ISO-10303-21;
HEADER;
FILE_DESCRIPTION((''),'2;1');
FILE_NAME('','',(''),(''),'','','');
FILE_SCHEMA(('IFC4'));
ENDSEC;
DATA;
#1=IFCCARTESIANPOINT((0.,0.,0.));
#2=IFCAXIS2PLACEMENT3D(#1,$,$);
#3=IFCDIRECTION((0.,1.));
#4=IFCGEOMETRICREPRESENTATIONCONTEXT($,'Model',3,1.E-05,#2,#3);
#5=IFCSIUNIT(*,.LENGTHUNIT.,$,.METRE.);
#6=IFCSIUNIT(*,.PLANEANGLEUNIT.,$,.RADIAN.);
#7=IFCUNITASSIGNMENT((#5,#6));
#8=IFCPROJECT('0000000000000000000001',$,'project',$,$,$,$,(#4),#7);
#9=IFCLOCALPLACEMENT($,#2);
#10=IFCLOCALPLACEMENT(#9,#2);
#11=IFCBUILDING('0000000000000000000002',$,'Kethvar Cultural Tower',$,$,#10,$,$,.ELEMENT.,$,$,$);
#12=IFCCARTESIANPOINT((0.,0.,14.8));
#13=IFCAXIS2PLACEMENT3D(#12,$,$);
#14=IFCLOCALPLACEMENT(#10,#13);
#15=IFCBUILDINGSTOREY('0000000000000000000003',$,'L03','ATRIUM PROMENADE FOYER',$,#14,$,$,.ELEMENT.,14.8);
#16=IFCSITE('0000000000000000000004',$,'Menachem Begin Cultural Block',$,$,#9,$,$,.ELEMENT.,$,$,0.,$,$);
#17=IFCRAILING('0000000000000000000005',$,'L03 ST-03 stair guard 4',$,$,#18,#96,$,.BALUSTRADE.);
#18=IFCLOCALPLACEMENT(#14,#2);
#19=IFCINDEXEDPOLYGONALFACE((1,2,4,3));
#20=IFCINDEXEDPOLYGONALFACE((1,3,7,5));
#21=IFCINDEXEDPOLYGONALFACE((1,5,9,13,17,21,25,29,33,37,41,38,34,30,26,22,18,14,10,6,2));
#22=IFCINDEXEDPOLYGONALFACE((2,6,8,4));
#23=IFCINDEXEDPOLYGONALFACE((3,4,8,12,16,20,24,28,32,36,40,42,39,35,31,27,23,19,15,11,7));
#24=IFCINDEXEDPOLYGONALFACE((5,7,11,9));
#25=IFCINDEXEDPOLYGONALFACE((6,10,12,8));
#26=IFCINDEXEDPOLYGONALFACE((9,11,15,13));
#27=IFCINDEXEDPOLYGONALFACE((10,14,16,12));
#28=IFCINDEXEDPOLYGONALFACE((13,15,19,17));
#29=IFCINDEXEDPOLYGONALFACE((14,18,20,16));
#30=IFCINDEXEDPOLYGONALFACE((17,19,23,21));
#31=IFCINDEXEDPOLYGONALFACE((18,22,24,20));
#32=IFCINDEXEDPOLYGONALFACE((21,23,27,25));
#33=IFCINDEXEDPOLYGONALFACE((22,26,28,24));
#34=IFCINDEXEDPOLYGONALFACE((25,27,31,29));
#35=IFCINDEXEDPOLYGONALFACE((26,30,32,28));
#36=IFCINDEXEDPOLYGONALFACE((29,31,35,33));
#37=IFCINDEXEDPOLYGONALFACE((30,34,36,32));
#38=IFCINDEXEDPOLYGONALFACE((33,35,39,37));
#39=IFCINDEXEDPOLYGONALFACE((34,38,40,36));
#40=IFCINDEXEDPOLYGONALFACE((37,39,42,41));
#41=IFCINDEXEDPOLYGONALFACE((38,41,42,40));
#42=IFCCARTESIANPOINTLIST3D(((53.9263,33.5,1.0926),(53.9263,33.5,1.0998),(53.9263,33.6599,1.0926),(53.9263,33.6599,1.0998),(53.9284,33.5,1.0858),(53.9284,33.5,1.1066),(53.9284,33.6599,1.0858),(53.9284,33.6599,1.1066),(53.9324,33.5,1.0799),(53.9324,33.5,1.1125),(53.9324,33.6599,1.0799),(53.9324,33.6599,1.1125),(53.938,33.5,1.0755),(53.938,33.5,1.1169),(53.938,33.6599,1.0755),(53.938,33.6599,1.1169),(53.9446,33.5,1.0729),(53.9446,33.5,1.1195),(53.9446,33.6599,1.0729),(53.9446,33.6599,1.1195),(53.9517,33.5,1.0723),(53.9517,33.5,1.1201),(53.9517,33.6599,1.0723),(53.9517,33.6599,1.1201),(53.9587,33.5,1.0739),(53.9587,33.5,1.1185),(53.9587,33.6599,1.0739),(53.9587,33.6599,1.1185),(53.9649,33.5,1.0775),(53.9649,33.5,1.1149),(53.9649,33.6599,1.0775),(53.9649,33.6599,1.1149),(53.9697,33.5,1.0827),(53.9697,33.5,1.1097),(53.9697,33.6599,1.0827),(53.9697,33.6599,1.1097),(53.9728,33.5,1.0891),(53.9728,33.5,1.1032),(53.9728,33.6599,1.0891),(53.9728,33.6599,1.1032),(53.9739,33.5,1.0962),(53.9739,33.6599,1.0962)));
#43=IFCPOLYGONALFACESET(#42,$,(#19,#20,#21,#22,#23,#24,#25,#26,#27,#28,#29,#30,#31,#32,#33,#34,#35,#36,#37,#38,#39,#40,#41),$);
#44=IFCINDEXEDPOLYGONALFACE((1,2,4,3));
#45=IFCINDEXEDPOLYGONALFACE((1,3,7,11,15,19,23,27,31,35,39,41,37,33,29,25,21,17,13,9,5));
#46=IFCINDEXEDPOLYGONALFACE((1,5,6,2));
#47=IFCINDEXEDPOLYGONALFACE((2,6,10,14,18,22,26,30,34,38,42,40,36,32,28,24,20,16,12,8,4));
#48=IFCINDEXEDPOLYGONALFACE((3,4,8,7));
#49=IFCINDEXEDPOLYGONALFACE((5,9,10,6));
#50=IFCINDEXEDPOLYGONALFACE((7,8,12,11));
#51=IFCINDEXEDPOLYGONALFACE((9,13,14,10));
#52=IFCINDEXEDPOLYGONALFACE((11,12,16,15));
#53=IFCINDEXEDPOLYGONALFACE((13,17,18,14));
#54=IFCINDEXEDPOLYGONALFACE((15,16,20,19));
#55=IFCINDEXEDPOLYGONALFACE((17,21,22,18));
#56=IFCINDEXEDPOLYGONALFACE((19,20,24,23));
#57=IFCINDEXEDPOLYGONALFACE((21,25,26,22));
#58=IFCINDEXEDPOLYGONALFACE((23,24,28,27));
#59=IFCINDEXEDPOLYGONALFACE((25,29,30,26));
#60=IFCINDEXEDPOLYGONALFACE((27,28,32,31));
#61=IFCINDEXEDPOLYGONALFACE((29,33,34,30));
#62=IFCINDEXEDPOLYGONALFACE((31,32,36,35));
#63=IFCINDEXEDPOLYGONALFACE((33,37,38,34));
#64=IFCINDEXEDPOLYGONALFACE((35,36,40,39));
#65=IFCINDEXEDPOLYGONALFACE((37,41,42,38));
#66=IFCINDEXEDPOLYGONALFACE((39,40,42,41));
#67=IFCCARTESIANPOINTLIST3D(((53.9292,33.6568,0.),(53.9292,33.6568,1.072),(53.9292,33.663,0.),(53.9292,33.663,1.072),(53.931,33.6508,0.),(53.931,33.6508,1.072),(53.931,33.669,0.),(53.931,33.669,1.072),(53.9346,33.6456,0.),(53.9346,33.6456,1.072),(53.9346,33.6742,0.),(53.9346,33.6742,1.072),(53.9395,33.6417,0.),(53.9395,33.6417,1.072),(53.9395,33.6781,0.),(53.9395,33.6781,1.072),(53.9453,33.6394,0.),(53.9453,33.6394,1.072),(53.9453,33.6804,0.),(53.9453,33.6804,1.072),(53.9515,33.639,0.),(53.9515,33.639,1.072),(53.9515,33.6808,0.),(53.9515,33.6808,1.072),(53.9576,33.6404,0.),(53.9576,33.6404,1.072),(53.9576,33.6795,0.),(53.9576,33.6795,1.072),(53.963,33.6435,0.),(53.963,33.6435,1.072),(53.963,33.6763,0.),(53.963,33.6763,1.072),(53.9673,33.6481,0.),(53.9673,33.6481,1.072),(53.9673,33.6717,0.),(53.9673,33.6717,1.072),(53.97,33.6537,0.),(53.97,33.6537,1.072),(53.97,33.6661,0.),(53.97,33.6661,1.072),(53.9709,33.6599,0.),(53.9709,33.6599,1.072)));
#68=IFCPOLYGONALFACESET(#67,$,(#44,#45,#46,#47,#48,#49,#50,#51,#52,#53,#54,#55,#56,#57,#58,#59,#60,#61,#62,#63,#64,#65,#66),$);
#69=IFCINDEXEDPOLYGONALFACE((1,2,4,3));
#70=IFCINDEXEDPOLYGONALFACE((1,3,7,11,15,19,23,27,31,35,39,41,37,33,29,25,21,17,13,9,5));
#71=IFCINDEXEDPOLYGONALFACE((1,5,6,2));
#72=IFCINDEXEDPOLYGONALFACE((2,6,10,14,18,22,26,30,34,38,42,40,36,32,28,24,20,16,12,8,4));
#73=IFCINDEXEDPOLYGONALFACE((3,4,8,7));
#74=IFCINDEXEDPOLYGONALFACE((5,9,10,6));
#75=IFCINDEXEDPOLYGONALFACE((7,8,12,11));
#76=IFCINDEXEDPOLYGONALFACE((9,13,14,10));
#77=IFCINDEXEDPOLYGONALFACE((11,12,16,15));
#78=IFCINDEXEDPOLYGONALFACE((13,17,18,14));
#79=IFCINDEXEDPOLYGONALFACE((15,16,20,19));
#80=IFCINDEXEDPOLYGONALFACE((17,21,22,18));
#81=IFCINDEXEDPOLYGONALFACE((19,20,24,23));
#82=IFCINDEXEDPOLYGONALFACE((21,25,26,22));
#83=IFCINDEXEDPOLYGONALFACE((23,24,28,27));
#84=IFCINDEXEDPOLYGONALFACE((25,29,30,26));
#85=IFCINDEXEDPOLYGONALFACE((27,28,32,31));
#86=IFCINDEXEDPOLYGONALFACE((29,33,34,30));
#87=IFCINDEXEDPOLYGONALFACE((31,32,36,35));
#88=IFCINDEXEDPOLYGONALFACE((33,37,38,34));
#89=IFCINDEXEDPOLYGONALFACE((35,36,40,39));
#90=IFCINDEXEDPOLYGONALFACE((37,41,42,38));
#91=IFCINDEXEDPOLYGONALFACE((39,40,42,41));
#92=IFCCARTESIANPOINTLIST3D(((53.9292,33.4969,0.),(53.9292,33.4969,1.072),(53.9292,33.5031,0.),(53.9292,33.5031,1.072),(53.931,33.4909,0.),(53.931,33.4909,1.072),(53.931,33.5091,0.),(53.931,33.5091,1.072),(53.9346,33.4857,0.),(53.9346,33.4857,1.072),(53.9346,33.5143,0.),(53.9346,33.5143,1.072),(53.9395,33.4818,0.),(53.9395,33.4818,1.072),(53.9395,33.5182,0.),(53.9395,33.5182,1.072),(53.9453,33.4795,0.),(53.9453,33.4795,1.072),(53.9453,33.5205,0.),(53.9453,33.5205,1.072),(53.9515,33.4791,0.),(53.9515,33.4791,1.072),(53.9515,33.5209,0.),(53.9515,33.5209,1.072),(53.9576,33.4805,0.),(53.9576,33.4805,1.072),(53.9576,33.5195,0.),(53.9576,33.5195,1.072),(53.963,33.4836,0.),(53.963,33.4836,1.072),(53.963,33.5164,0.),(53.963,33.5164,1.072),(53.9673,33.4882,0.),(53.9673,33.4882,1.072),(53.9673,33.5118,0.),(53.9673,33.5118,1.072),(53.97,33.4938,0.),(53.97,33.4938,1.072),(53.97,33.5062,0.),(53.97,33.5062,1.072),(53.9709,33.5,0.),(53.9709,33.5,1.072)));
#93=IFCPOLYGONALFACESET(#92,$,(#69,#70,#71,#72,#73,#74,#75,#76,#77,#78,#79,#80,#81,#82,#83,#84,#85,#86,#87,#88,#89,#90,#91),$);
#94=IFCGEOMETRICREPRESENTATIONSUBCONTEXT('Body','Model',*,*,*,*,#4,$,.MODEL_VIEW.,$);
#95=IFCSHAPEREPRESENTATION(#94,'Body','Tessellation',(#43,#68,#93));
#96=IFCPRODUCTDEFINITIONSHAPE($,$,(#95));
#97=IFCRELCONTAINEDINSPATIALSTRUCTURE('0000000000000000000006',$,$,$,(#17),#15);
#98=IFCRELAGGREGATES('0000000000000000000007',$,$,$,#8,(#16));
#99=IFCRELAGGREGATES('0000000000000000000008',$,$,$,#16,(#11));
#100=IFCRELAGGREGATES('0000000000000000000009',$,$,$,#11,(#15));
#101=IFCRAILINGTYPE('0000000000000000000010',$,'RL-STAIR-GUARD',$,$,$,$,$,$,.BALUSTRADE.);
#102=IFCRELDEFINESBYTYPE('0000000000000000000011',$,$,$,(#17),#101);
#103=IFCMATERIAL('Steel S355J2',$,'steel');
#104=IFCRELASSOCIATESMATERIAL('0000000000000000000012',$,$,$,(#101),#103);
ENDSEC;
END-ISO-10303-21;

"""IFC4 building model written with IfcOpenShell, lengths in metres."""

from ifc_helpers import new_model, si_unit, direction, frame, origin, origin_2d, place, context, subcontext, project, spatial, circle, extrude, material, type_object, element, save


model = new_model("IFC4")

# Units and contexts
model_context = context("Model", 3, precision=1e-05, world=origin(), true_north=direction((0.0, 1.0)))
body_context = subcontext(model_context, "Body", "Model", "MODEL_VIEW")
ifc_project = project(units=[si_unit("LENGTHUNIT", "METRE"), si_unit("PLANEANGLEUNIT", "RADIAN")], contexts=[model_context])

# Site, building, storey
site_placement = place(None, origin())
site = spatial("IfcSite", under=ifc_project, at=site_placement, Name="Menachem Begin Cultural Block", CompositionType="ELEMENT", RefElevation=0.0)
building_placement = place(site_placement, origin())
building = spatial("IfcBuilding", under=site, at=building_placement, Name="Kethvar Cultural Tower", CompositionType="ELEMENT")
storey_placement = place(building_placement, frame((0.0, 0.0, 14.8)))
storey = spatial("IfcBuildingStorey", under=building, at=storey_placement, Name="L03", Description="ATRIUM PROMENADE FOYER", CompositionType="ELEMENT", Elevation=14.8)

# Shared definitions
ifc_material_1 = material(Name="Steel S355J2", Category="steel")

# Railing
railing_type_1 = type_object("IfcRailingType", Name="RL-STAIR-GUARD", PredefinedType="BALUSTRADE", material=ifc_material_1)
railing_1_placement = place(storey_placement, frame((53.95, 33.6599, 0.0)))
element("IfcRailing", 1, at=railing_1_placement, inside=storey, type_object=railing_type_1, Name="L03 ST-03 stair guard 4", PredefinedType="BALUSTRADE", context=body_context, shape_type="SweptSolid", body=[
    extrude(circle(Radius=0.0239, at=origin_2d()), frame((0.0, 0.0, 1.0962), z_axis=(0.0, -1.0, 0.0), x_axis=(1.0, 0.0, 0.0)), (0.0, 0.0, 1.0), 0.1599),
    extrude(circle(Radius=0.021, at=origin_2d()), origin(), (0.0, 0.0, 1.0), 1.072),
    extrude(circle(Radius=0.021, at=origin_2d()), frame((0.0, -0.1599, 0.0)), (0.0, 0.0, 1.0), 1.072),
])

save(model, "model.ifc")
